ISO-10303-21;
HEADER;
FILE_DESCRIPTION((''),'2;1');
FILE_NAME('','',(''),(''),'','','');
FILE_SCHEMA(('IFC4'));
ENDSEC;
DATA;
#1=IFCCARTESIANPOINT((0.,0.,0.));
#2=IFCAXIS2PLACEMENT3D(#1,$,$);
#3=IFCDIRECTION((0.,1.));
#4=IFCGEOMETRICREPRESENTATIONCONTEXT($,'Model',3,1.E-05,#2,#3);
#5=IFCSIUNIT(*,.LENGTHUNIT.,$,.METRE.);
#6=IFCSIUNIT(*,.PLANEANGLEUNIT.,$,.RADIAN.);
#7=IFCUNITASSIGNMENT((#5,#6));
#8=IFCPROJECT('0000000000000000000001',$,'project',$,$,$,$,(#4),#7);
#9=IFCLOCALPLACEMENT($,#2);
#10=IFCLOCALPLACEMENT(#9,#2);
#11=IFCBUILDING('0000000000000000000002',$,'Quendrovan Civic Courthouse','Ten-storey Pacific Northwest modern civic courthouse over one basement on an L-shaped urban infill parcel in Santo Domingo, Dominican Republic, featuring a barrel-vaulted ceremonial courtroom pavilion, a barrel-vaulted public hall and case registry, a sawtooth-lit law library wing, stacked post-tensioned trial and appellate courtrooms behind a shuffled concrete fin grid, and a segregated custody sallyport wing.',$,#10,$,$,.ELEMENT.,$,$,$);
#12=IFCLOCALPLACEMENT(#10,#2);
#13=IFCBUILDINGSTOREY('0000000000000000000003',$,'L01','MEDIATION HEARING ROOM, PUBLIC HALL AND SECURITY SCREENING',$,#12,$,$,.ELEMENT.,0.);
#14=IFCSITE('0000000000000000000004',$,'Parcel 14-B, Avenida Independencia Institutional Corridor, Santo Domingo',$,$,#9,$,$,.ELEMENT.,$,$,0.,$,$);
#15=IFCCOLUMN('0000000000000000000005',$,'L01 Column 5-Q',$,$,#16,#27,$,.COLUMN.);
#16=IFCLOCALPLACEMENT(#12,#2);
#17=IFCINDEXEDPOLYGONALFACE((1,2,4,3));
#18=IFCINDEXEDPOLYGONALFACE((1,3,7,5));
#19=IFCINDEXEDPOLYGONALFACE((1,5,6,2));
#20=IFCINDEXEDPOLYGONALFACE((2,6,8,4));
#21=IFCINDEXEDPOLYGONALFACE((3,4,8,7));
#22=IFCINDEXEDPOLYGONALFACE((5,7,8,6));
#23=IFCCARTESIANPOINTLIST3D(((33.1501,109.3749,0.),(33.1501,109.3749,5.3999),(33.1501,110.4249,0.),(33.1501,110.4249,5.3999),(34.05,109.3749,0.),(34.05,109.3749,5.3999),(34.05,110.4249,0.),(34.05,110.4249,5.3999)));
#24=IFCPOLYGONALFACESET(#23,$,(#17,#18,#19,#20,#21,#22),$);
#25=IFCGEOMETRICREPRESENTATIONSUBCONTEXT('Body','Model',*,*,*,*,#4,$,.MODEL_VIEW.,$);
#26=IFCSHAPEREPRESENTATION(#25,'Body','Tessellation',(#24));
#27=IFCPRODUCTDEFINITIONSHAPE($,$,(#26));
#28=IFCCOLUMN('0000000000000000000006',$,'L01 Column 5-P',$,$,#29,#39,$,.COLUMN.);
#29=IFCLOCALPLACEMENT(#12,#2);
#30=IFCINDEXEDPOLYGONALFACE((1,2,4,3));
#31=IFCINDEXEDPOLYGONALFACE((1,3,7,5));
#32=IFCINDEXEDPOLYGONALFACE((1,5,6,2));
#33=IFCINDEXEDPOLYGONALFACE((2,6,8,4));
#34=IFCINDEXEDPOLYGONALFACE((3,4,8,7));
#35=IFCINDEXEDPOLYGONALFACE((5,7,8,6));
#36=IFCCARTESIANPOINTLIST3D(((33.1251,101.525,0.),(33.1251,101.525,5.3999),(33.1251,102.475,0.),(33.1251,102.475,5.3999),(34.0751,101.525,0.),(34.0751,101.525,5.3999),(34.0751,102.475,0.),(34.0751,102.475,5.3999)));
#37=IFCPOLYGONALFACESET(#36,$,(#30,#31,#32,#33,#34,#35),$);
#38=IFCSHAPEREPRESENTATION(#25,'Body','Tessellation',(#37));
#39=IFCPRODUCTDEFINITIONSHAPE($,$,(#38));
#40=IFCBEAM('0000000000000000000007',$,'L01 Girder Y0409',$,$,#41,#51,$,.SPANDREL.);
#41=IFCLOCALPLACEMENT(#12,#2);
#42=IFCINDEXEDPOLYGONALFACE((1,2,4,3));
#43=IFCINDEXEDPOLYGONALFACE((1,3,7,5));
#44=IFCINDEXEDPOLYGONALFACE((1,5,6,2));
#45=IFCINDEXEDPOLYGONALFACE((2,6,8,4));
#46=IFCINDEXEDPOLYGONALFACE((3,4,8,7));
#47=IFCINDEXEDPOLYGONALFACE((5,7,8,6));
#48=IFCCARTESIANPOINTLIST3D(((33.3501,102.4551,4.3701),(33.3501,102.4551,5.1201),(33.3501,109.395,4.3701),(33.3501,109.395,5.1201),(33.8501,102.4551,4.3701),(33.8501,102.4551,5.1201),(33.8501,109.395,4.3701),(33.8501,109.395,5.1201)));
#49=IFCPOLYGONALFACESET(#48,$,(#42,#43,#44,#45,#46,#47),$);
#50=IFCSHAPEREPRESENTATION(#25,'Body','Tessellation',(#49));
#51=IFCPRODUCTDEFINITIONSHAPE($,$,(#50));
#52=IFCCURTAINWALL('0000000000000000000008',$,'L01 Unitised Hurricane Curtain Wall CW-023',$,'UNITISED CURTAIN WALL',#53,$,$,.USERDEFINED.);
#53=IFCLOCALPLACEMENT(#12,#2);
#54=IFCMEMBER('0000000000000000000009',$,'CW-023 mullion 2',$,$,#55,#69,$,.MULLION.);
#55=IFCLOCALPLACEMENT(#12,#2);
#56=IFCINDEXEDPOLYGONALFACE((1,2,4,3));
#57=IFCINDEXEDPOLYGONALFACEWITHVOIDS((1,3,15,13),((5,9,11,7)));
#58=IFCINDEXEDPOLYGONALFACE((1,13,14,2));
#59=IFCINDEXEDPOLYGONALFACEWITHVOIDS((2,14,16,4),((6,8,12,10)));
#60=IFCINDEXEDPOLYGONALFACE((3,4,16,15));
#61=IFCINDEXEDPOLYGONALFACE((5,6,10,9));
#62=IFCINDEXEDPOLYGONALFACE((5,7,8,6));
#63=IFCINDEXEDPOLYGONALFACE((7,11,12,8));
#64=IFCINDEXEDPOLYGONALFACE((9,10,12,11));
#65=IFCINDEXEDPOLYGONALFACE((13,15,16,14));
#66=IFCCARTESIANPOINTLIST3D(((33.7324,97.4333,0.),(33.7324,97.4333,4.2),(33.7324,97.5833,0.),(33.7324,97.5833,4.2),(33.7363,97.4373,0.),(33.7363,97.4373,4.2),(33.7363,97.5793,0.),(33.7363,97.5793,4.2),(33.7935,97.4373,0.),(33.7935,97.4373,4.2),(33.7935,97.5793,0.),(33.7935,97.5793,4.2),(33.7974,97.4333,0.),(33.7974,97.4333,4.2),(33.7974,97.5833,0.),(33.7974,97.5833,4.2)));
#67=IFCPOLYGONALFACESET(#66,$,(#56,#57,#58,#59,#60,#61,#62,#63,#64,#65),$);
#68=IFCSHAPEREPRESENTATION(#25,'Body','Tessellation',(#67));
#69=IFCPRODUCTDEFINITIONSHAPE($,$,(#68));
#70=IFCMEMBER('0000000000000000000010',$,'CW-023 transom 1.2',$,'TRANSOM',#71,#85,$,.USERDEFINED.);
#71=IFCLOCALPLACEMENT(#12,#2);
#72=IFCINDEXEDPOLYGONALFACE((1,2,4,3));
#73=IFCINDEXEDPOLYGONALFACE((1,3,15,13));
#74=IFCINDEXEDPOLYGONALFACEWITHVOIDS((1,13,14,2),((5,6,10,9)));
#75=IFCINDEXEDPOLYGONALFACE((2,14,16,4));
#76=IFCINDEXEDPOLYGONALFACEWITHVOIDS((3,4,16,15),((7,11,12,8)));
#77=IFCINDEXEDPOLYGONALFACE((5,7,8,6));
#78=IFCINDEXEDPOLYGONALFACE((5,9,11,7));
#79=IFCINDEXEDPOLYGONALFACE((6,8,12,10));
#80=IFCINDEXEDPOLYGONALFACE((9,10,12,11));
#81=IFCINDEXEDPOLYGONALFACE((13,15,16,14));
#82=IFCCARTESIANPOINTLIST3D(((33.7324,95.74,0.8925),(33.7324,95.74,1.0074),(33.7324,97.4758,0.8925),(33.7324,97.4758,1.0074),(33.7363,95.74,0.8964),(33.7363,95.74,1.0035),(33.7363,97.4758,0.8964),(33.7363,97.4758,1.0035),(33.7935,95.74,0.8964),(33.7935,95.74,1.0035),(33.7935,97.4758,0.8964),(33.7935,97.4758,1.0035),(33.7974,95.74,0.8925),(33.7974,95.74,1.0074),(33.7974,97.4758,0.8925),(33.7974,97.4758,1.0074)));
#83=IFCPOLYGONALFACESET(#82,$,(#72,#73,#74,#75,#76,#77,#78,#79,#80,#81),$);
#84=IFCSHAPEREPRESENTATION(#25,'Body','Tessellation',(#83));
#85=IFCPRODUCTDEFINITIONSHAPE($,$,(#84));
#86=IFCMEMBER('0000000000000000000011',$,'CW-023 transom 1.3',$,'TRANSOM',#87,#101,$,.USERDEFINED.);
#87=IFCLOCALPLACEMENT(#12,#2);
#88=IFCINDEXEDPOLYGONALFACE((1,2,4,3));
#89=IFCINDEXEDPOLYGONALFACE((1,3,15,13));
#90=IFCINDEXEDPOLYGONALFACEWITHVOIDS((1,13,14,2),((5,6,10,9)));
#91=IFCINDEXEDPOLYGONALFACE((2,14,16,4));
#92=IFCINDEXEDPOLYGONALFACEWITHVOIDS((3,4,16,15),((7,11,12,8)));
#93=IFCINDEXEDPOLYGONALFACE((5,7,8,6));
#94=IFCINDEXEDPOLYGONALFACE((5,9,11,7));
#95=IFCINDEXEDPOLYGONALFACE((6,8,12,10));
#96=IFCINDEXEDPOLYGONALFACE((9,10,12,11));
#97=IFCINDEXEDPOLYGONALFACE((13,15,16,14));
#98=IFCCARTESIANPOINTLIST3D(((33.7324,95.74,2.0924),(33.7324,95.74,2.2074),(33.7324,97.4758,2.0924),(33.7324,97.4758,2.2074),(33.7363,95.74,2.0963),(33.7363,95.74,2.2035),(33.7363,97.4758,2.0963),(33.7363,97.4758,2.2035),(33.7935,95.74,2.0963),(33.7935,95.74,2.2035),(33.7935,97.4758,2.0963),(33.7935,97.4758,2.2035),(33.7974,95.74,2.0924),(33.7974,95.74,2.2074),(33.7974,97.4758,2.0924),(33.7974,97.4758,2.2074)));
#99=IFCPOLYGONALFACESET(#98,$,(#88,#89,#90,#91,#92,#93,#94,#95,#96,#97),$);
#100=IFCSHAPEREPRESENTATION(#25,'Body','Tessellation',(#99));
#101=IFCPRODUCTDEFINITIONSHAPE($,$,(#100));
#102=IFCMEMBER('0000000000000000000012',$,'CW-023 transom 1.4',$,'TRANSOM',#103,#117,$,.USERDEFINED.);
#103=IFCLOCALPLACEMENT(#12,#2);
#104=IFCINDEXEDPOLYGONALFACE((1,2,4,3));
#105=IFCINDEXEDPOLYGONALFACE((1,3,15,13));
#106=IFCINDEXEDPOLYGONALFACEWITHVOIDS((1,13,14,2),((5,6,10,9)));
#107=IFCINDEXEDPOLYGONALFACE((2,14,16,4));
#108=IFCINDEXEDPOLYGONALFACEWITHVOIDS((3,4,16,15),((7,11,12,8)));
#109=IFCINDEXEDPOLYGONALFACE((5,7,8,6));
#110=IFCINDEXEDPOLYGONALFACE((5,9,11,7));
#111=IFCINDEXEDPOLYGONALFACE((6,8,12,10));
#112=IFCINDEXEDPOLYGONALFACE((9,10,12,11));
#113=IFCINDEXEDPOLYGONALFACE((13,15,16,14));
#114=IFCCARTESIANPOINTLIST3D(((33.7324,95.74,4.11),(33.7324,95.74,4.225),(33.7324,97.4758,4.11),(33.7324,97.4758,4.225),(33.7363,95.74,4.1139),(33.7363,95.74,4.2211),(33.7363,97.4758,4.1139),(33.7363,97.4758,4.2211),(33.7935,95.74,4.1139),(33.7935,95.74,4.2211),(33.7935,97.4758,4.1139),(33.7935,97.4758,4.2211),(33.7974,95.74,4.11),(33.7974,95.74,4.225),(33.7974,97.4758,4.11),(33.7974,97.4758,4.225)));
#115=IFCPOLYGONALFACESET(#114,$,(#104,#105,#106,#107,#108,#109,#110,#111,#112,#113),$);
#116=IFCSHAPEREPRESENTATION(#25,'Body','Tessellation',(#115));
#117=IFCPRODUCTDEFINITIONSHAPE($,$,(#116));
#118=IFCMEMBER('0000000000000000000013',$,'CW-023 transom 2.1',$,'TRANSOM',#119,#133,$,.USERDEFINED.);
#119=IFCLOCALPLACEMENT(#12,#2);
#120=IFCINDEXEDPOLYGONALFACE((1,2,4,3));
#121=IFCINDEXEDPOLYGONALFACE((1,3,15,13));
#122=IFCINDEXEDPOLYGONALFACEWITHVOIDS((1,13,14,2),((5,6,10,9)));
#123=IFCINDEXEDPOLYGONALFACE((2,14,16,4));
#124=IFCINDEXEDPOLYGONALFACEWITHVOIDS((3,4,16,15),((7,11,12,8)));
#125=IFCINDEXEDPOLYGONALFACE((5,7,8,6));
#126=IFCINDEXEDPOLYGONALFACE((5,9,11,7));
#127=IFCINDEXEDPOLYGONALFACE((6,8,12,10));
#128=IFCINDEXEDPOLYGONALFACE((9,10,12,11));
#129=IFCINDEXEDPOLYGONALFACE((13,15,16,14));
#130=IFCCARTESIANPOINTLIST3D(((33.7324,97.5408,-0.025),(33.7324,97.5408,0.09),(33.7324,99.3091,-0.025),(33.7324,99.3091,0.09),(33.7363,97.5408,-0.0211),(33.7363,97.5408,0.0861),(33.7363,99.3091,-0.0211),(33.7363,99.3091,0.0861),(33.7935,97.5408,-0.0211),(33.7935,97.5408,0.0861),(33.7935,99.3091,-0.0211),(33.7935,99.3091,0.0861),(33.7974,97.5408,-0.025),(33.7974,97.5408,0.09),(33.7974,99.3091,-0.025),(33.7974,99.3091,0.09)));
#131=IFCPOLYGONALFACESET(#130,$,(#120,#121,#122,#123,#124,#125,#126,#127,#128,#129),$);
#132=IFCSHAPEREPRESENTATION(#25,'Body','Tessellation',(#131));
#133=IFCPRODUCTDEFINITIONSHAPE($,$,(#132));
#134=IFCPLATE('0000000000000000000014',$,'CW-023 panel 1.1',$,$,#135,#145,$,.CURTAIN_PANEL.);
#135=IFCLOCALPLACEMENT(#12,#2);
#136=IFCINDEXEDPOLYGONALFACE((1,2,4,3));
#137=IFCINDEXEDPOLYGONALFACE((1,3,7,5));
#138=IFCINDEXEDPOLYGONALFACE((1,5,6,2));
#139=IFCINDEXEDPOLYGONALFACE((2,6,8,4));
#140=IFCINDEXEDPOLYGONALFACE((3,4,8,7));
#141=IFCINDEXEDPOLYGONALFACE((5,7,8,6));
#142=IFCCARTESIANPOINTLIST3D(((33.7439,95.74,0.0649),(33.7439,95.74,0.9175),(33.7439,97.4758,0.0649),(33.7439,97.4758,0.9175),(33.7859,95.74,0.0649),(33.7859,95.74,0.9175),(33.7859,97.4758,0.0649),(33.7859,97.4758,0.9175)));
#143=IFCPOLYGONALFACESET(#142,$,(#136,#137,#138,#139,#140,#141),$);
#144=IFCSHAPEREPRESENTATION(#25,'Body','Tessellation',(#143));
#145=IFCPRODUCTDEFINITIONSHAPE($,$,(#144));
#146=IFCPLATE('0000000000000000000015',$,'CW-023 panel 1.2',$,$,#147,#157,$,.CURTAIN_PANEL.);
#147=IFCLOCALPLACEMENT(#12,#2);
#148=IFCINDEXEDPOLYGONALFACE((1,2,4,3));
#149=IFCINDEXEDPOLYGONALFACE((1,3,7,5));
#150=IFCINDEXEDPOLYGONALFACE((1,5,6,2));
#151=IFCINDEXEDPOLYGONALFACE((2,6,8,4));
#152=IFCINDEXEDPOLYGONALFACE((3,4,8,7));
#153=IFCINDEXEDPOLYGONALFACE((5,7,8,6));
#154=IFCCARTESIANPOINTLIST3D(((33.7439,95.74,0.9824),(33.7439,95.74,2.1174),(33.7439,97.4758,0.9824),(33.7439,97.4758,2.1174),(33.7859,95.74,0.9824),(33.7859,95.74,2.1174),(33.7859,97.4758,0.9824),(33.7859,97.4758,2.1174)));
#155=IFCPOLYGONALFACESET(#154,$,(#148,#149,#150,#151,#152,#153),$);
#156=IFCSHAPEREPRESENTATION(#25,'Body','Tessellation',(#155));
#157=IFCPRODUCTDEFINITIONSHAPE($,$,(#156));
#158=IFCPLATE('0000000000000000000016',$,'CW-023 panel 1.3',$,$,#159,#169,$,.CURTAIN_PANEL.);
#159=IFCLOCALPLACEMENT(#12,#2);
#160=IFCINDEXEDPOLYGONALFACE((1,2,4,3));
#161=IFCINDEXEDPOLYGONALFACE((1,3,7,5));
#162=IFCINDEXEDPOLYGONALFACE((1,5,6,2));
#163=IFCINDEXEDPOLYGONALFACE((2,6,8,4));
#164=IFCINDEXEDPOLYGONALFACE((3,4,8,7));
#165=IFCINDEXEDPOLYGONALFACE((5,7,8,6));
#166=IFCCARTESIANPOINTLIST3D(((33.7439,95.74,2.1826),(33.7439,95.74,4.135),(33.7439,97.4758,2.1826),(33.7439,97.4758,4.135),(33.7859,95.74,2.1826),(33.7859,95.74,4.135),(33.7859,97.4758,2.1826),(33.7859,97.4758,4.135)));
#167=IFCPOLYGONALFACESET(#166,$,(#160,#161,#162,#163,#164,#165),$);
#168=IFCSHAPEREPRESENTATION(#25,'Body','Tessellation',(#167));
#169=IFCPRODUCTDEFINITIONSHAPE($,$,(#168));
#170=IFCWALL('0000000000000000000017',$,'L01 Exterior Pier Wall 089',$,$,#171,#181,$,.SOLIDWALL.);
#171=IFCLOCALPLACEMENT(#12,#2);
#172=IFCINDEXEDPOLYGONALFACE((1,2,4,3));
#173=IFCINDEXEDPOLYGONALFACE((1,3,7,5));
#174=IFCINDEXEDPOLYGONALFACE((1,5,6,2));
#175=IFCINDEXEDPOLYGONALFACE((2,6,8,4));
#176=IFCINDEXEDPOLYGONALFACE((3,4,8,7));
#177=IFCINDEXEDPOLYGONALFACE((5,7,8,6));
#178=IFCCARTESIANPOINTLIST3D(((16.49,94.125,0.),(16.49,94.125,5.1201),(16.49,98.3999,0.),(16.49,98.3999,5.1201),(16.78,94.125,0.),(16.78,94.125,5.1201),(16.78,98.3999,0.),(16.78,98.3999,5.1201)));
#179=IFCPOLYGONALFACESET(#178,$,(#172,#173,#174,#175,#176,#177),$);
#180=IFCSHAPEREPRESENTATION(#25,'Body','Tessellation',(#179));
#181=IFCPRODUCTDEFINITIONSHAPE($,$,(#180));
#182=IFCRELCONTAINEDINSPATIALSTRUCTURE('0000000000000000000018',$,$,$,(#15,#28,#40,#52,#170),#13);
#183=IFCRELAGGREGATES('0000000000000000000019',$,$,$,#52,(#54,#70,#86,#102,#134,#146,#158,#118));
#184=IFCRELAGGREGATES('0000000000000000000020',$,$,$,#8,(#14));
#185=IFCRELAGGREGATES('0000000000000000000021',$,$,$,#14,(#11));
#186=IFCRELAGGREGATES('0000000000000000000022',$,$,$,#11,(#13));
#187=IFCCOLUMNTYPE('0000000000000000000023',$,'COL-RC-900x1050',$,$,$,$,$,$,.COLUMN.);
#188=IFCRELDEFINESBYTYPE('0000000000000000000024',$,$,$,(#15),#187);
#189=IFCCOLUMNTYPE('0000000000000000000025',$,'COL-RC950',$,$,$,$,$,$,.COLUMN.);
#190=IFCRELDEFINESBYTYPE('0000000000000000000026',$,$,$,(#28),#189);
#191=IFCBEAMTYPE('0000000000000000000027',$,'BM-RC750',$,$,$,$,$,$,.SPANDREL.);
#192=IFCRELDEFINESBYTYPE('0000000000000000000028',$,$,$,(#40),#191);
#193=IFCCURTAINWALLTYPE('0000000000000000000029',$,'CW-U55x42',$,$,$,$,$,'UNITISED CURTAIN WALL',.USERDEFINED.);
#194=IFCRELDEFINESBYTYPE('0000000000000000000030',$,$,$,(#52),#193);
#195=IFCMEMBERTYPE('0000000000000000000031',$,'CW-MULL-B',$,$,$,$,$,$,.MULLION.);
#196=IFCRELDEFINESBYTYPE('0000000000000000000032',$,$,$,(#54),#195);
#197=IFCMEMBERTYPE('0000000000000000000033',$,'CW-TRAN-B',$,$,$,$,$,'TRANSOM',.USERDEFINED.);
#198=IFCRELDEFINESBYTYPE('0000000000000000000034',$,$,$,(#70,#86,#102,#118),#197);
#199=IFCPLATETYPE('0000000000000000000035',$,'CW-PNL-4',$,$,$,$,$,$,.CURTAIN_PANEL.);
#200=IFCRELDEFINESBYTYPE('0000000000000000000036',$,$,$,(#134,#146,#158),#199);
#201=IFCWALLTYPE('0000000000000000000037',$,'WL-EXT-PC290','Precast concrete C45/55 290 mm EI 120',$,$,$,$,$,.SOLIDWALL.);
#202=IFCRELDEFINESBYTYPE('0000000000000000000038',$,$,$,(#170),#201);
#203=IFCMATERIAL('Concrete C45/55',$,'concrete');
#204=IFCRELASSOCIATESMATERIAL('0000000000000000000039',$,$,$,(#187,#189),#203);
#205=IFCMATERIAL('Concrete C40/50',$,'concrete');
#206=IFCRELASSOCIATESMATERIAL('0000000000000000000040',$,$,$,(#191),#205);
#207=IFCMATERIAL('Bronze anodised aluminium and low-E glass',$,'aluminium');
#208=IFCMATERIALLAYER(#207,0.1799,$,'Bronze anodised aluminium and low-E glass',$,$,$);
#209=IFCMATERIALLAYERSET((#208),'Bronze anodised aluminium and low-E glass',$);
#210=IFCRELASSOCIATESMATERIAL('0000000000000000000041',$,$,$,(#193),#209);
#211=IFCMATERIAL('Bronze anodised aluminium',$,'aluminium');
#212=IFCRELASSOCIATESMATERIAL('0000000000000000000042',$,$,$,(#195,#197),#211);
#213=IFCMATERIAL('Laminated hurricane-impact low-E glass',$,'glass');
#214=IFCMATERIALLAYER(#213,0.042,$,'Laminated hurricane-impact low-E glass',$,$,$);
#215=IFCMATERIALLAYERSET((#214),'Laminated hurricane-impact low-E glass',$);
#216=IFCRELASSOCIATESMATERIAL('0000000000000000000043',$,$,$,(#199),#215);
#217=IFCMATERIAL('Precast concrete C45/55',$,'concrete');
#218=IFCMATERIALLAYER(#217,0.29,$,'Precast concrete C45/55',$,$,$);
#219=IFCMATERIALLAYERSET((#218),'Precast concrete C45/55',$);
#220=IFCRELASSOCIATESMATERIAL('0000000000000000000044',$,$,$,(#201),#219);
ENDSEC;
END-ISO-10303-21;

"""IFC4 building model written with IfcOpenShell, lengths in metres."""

from ifc_helpers import new_model, si_unit, direction, frame, frame_2d, origin, origin_2d, place, context, subcontext, project, spatial, rectangle, hollow_rectangle, extrude, material, layer, layer_set, material_profile, profile_set, type_object, element, aggregate, save


model = new_model("IFC4")

# Units and contexts
model_context = context("Model", 3, precision=1e-05, world=origin(), true_north=direction((0.0, 1.0)))
body_context = subcontext(model_context, "Body", "Model", "MODEL_VIEW")
ifc_project = project(units=[si_unit("LENGTHUNIT", "METRE"), si_unit("PLANEANGLEUNIT", "RADIAN")], contexts=[model_context])

# Site, building, storey
site_placement = place(None, origin())
site = spatial("IfcSite", under=ifc_project, at=site_placement, Name="Parcel 14-B, Avenida Independencia Institutional Corridor, Santo Domingo", CompositionType="ELEMENT", RefElevation=0.0)
building_placement = place(site_placement, origin())
building = spatial("IfcBuilding", under=site, at=building_placement, Name="Quendrovan Civic Courthouse", Description="Ten-storey Pacific Northwest modern civic courthouse over one basement on an L-shaped urban infill parcel in Santo Domingo, Dominican Republic, featuring a barrel-vaulted ceremonial courtroom pavilion, a barrel-vaulted public hall and case registry, a sawtooth-lit law library wing, stacked post-tensioned trial and appellate courtrooms behind a shuffled concrete fin grid, and a segregated custody sallyport wing.", CompositionType="ELEMENT")
storey_placement = place(building_placement, origin())
storey = spatial("IfcBuildingStorey", under=building, at=storey_placement, Name="L01", Description="MEDIATION HEARING ROOM, PUBLIC HALL AND SECURITY SCREENING", CompositionType="ELEMENT", Elevation=0.0)

# Columns
ifc_material_1 = material(Name="Concrete C45/55", Category="concrete")
ifc_material_profile_1 = material_profile(ifc_material_1, rectangle(XDim=0.8999, YDim=1.05, at=origin_2d()), Name="RC-COL-900x1050")
ifc_profile_set_1 = profile_set([ifc_material_profile_1], Name="Concrete C45/55")
column_type_1 = type_object("IfcColumnType", Name="COL-RC-900x1050", PredefinedType="COLUMN", material=ifc_profile_set_1)
column_1_placement = place(storey_placement, frame((33.6001, 109.8999, 0.0), z_axis=(0.0, 0.0, 1.0), x_axis=(1.0, 0.0, 0.0)))
element("IfcColumn", 1, at=column_1_placement, inside=storey, type_object=column_type_1, Name="L01 Column 5-Q", PredefinedType="COLUMN", context=body_context, shape_type="SweptSolid", body=[
    extrude(rectangle(XDim=0.8999, YDim=1.05, at=origin_2d()), origin(), (0.0, 0.0, 1.0), 5.3999),
])
ifc_material_profile_2 = material_profile(ifc_material_1, rectangle(XDim=0.95, YDim=0.95, at=origin_2d()), Name="RC-COL-950x950")
ifc_profile_set_2 = profile_set([ifc_material_profile_2], Name="Concrete C45/55")
column_type_2 = type_object("IfcColumnType", Name="COL-RC950", PredefinedType="COLUMN", material=ifc_profile_set_2)
column_2_placement = place(storey_placement, frame((33.6001, 102.0, 0.0), z_axis=(0.0, 0.0, 1.0), x_axis=(1.0, 0.0, 0.0)))
element("IfcColumn", 2, at=column_2_placement, inside=storey, type_object=column_type_2, Name="L01 Column 5-P", PredefinedType="COLUMN", context=body_context, shape_type="SweptSolid", body=[
    extrude(rectangle(XDim=0.95, YDim=0.95, at=origin_2d()), origin(), (0.0, 0.0, 1.0), 5.3999),
])

# Beam
ifc_material_2 = material(Name="Concrete C40/50", Category="concrete")
ifc_material_profile_3 = material_profile(ifc_material_2, rectangle(XDim=0.5, YDim=0.75, at=origin_2d()), Name="RC-BM-500x750")
ifc_profile_set_3 = profile_set([ifc_material_profile_3], Name="Concrete C40/50")
beam_type = type_object("IfcBeamType", Name="BM-RC750", PredefinedType="SPANDREL", material=ifc_profile_set_3)
beam_placement = place(storey_placement, frame((33.6001, 102.4551, 4.7451), z_axis=(0.0, 1.0, 0.0), x_axis=(-1.0, 0.0, 0.0)))
element("IfcBeam", 3, at=beam_placement, inside=storey, type_object=beam_type, Name="L01 Girder Y0409", PredefinedType="SPANDREL", context=body_context, shape_type="SweptSolid", body=[
    extrude(rectangle(XDim=0.5, YDim=0.75, at=origin_2d()), origin(), (0.0, 0.0, 1.0), 6.9399),
])

# Curtain wall, members, plates
ifc_material_3 = material(Name="Bronze anodised aluminium and low-E glass", Category="aluminium")
ifc_layer_1 = layer(ifc_material_3, 0.1799, Name="Bronze anodised aluminium and low-E glass")
ifc_layer_set_1 = layer_set([ifc_layer_1], Name="Bronze anodised aluminium and low-E glass")
curtain_wall_type = type_object("IfcCurtainWallType", Name="CW-U55x42", ElementType="UNITISED CURTAIN WALL", PredefinedType="USERDEFINED", material=ifc_layer_set_1)
curtain_wall_placement = place(storey_placement, origin())
curtain_wall = element("IfcCurtainWall", 4, at=curtain_wall_placement, inside=storey, type_object=curtain_wall_type, Name="L01 Unitised Hurricane Curtain Wall CW-023", ObjectType="UNITISED CURTAIN WALL", PredefinedType="USERDEFINED")
ifc_material_4 = material(Name="Bronze anodised aluminium", Category="aluminium")
ifc_material_profile_4 = material_profile(ifc_material_4, hollow_rectangle(XDim=0.0649, YDim=0.1499, WallThickness=0.0039, at=origin_2d()), Name="CW-MULL-65x150")
ifc_profile_set_4 = profile_set([ifc_material_profile_4], Name="Bronze anodised aluminium")
member_type_1 = type_object("IfcMemberType", Name="CW-MULL-B", PredefinedType="MULLION", material=ifc_profile_set_4)
member_1_placement = place(storey_placement, frame((33.7649, 97.5083, 0.0), z_axis=(0.0, 0.0, 1.0), x_axis=(-1.0, 0.0, 0.0)))
member_1 = element("IfcMember", 5, at=member_1_placement, type_object=member_type_1, Name="CW-023 mullion 2", PredefinedType="MULLION", context=body_context, shape_type="SweptSolid", body=[
    extrude(hollow_rectangle(XDim=0.0649, YDim=0.1499, WallThickness=0.0039, at=origin_2d()), origin(), (0.0, 0.0, 1.0), 4.2),
])
ifc_material_profile_5 = material_profile(ifc_material_4, hollow_rectangle(XDim=0.0649, YDim=0.115, WallThickness=0.0039, at=origin_2d()), Name="CW-TRAN-65x115")
ifc_profile_set_5 = profile_set([ifc_material_profile_5], Name="Bronze anodised aluminium")
member_type_2 = type_object("IfcMemberType", Name="CW-TRAN-B", ElementType="TRANSOM", PredefinedType="USERDEFINED", material=ifc_profile_set_5)
member_2_placement = place(storey_placement, frame((33.7649, 95.74, 0.95), z_axis=(0.0, 1.0, 0.0), x_axis=(-1.0, 0.0, 0.0)))
member_2 = element("IfcMember", 6, at=member_2_placement, type_object=member_type_2, Name="CW-023 transom 1.2", ObjectType="TRANSOM", PredefinedType="USERDEFINED", context=body_context, shape_type="SweptSolid", body=[
    extrude(hollow_rectangle(XDim=0.0649, YDim=0.115, WallThickness=0.0039, at=origin_2d()), origin(), (0.0, 0.0, 1.0), 1.7358),
])
member_3_placement = place(storey_placement, frame((33.7649, 95.74, 2.1499), z_axis=(0.0, 1.0, 0.0), x_axis=(-1.0, 0.0, 0.0)))
member_3 = element("IfcMember", 7, at=member_3_placement, type_object=member_type_2, Name="CW-023 transom 1.3", ObjectType="TRANSOM", PredefinedType="USERDEFINED", context=body_context, shape_type="SweptSolid", body=[
    extrude(hollow_rectangle(XDim=0.0649, YDim=0.115, WallThickness=0.0039, at=origin_2d()), origin(), (0.0, 0.0, 1.0), 1.7358),
])
member_4_placement = place(storey_placement, frame((33.7649, 95.74, 4.1675), z_axis=(0.0, 1.0, 0.0), x_axis=(-1.0, 0.0, 0.0)))
member_4 = element("IfcMember", 8, at=member_4_placement, type_object=member_type_2, Name="CW-023 transom 1.4", ObjectType="TRANSOM", PredefinedType="USERDEFINED", context=body_context, shape_type="SweptSolid", body=[
    extrude(hollow_rectangle(XDim=0.0649, YDim=0.115, WallThickness=0.0039, at=origin_2d()), origin(), (0.0, 0.0, 1.0), 1.7358),
])
member_5_placement = place(storey_placement, frame((33.7649, 97.5408, 0.0325), z_axis=(0.0, 1.0, 0.0), x_axis=(-1.0, 0.0, 0.0)))
member_5 = element("IfcMember", 9, at=member_5_placement, type_object=member_type_2, Name="CW-023 transom 2.1", ObjectType="TRANSOM", PredefinedType="USERDEFINED", context=body_context, shape_type="SweptSolid", body=[
    extrude(hollow_rectangle(XDim=0.0649, YDim=0.115, WallThickness=0.0039, at=origin_2d()), origin(), (0.0, 0.0, 1.0), 1.7683),
])
ifc_material_5 = material(Name="Laminated hurricane-impact low-E glass", Category="glass")
ifc_layer_2 = layer(ifc_material_5, 0.042, Name="Laminated hurricane-impact low-E glass")
ifc_layer_set_2 = layer_set([ifc_layer_2], Name="Laminated hurricane-impact low-E glass")
plate_type = type_object("IfcPlateType", Name="CW-PNL-4", PredefinedType="CURTAIN_PANEL", material=ifc_layer_set_2)
plate_1_placement = place(storey_placement, frame((33.7649, 96.6079, 0.0649), z_axis=(0.0, 0.0, 1.0), x_axis=(0.0, 1.0, 0.0)))
plate_1 = element("IfcPlate", 10, at=plate_1_placement, type_object=plate_type, Name="CW-023 panel 1.1", PredefinedType="CURTAIN_PANEL", context=body_context, shape_type="SweptSolid", body=[
    extrude(rectangle(XDim=1.7358, YDim=0.042, at=origin_2d()), origin(), (0.0, 0.0, 1.0), 0.8525),
])
plate_2_placement = place(storey_placement, frame((33.7649, 96.6079, 0.9824), z_axis=(0.0, 0.0, 1.0), x_axis=(0.0, 1.0, 0.0)))
plate_2 = element("IfcPlate", 11, at=plate_2_placement, type_object=plate_type, Name="CW-023 panel 1.2", PredefinedType="CURTAIN_PANEL", context=body_context, shape_type="SweptSolid", body=[
    extrude(rectangle(XDim=1.7358, YDim=0.042, at=origin_2d()), origin(), (0.0, 0.0, 1.0), 1.135),
])
plate_3_placement = place(storey_placement, frame((33.7649, 96.6079, 2.1826), z_axis=(0.0, 0.0, 1.0), x_axis=(0.0, 1.0, 0.0)))
plate_3 = element("IfcPlate", 12, at=plate_3_placement, type_object=plate_type, Name="CW-023 panel 1.3", PredefinedType="CURTAIN_PANEL", context=body_context, shape_type="SweptSolid", body=[
    extrude(rectangle(XDim=1.7358, YDim=0.042, at=origin_2d()), origin(), (0.0, 0.0, 1.0), 1.9524),
])
aggregate(curtain_wall, [member_1, member_2, member_3, member_4, plate_1, plate_2, plate_3, member_5])

# Wall
ifc_material_6 = material(Name="Precast concrete C45/55", Category="concrete")
ifc_layer_3 = layer(ifc_material_6, 0.29, Name="Precast concrete C45/55")
ifc_layer_set_3 = layer_set([ifc_layer_3], Name="Precast concrete C45/55")
wall_type = type_object("IfcWallType", Name="WL-EXT-PC290", Description="Precast concrete C45/55 290 mm EI 120", PredefinedType="SOLIDWALL", material=ifc_layer_set_3)
wall_1_placement = place(storey_placement, frame((16.635, 98.3999, 0.0), z_axis=(0.0, 0.0, 1.0), x_axis=(0.0, -1.0, 0.0)))
element("IfcWall", 13, at=wall_1_placement, inside=storey, type_object=wall_type, Name="L01 Exterior Pier Wall 089", PredefinedType="SOLIDWALL", context=body_context, shape_type="SweptSolid", body=[
    extrude(rectangle(XDim=4.2749, YDim=0.29, at=frame_2d((2.1375, 0.0))), origin(), (0.0, 0.0, 1.0), 5.1201),
])

save(model, "model.ifc")
